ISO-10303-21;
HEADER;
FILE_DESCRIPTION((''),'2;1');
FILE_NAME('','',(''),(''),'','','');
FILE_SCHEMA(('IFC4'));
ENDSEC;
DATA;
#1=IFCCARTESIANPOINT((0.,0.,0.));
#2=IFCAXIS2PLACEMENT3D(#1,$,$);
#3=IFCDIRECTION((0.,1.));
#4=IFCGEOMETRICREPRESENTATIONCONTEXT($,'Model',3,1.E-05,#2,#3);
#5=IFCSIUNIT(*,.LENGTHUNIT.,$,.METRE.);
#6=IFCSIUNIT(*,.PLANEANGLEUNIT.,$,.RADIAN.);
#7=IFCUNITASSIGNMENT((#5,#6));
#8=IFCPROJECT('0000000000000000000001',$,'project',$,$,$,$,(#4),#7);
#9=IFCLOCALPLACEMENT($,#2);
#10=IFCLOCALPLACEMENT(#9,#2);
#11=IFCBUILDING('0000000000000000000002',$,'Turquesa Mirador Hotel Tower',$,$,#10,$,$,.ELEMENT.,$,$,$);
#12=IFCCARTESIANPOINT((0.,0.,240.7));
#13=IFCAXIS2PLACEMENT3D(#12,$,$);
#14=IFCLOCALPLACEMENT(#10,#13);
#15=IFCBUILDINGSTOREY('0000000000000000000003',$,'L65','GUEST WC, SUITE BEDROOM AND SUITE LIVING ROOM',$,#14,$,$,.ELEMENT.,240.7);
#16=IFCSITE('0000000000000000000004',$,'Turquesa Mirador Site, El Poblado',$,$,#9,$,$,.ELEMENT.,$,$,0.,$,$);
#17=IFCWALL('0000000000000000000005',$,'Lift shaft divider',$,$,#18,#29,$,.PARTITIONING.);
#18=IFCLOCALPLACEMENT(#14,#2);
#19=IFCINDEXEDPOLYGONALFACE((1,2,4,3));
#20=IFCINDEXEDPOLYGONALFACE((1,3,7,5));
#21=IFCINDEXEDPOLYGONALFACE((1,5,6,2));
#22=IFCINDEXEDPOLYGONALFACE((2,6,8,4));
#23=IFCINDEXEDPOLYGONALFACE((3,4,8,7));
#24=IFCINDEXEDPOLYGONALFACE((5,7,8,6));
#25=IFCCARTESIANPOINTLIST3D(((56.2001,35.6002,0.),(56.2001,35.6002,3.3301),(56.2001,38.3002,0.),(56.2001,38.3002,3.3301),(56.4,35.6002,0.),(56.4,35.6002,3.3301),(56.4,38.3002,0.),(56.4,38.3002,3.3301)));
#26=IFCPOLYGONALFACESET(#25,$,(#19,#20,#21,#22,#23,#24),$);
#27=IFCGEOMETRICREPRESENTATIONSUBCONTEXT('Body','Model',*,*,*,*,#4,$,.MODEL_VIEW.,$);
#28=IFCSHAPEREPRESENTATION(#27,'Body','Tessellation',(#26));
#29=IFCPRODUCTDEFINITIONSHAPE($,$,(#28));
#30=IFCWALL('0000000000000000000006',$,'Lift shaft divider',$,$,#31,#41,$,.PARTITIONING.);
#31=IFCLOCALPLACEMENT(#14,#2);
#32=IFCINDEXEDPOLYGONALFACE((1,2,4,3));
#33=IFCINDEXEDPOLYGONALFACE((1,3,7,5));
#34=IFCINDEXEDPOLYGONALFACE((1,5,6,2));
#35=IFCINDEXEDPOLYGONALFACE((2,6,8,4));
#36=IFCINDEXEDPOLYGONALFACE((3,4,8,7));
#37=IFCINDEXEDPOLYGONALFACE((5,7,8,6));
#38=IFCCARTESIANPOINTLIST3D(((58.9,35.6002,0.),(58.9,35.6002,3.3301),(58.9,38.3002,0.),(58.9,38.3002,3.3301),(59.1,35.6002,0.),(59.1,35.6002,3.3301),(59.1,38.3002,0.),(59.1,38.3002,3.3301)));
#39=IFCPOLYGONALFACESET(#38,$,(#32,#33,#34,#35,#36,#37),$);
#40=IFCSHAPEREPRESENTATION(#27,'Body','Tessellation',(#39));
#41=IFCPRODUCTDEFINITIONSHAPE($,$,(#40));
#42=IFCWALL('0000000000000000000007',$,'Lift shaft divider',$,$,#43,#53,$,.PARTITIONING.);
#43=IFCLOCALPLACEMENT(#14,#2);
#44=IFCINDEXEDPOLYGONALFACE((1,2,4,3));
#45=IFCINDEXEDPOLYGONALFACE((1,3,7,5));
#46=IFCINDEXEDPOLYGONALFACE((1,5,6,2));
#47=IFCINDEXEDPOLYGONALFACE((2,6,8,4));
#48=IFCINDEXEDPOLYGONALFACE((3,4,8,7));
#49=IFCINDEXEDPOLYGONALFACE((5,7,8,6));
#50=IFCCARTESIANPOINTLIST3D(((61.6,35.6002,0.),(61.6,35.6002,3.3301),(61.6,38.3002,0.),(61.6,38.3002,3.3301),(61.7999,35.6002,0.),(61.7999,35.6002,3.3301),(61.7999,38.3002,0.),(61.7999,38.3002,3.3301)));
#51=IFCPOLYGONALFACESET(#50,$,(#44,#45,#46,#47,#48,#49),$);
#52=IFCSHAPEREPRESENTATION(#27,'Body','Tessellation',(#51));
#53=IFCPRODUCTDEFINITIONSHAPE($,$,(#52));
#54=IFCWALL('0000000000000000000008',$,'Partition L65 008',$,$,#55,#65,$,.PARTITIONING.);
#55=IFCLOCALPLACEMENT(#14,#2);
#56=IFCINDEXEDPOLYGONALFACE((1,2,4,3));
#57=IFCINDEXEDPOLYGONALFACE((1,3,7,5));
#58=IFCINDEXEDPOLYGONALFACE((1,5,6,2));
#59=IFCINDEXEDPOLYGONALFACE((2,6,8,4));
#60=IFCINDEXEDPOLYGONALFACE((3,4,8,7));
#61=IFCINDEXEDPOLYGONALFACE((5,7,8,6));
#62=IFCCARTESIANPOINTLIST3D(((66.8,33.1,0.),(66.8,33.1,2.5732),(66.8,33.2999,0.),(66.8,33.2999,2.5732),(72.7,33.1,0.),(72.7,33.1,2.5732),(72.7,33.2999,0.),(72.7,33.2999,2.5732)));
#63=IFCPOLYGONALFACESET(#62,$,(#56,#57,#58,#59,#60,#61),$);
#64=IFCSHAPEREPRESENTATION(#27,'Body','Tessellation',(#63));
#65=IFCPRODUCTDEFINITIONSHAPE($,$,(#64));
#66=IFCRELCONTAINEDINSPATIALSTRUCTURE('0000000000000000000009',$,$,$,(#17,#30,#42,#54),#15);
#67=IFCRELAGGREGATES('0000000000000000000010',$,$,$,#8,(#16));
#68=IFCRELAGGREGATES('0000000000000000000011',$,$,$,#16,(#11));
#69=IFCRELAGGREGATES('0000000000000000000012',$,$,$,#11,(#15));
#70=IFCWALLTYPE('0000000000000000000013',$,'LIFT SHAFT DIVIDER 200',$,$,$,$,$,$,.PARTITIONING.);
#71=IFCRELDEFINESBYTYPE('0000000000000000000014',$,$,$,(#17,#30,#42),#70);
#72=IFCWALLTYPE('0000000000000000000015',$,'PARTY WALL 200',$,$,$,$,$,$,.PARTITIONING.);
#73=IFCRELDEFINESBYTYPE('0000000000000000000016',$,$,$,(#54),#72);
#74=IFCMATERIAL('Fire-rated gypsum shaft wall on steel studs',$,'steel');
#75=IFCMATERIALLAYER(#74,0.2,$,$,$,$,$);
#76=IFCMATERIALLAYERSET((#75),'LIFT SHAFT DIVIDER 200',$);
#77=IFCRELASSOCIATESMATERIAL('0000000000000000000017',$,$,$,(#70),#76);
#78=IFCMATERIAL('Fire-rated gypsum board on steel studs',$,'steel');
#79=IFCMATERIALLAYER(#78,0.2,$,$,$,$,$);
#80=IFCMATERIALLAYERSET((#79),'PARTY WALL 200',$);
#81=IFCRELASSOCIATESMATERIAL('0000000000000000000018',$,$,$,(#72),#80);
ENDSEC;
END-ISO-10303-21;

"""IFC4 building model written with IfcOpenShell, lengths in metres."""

from ifc_helpers import new_model, si_unit, direction, frame, frame_2d, origin, place, context, subcontext, project, spatial, rectangle, extrude, material, layer, layer_set, type_object, element, save


model = new_model("IFC4")

# Units and contexts
model_context = context("Model", 3, precision=1e-05, world=origin(), true_north=direction((0.0, 1.0)))
body_context = subcontext(model_context, "Body", "Model", "MODEL_VIEW")
ifc_project = project(units=[si_unit("LENGTHUNIT", "METRE"), si_unit("PLANEANGLEUNIT", "RADIAN")], contexts=[model_context])

# Site, building, storey
site_placement = place(None, origin())
site = spatial("IfcSite", under=ifc_project, at=site_placement, Name="Turquesa Mirador Site, El Poblado", CompositionType="ELEMENT", RefElevation=0.0)
building_placement = place(site_placement, origin())
building = spatial("IfcBuilding", under=site, at=building_placement, Name="Turquesa Mirador Hotel Tower", CompositionType="ELEMENT")
storey_placement = place(building_placement, frame((0.0, 0.0, 240.7)))
storey = spatial("IfcBuildingStorey", under=building, at=storey_placement, Name="L65", Description="GUEST WC, SUITE BEDROOM AND SUITE LIVING ROOM", CompositionType="ELEMENT", Elevation=240.7)

# Walls
ifc_material_1 = material(Name="Fire-rated gypsum shaft wall on steel studs", Category="steel")
ifc_layer_1 = layer(ifc_material_1, 0.2)
ifc_layer_set_1 = layer_set([ifc_layer_1], Name="LIFT SHAFT DIVIDER 200")
wall_type_1 = type_object("IfcWallType", Name="LIFT SHAFT DIVIDER 200", PredefinedType="PARTITIONING", material=ifc_layer_set_1)
for number, where, z_axis, x_axis, name in (
    (1, (56.3, 35.6001, 0.0), (0.0, 0.0, 1.0), (0.0, 1.0, 0.0), "Lift shaft divider"),
    (2, (59.0, 35.6001, 0.0), (0.0, 0.0, 1.0), (0.0, 1.0, 0.0), "Lift shaft divider"),
    (3, (61.7, 35.6001, 0.0), (0.0, 0.0, 1.0), (0.0, 1.0, 0.0), "Lift shaft divider"),
):
    element("IfcWall", number, at=place(storey_placement, frame(where, z_axis=z_axis, x_axis=x_axis)), inside=storey, type_object=wall_type_1, Name=name, PredefinedType="PARTITIONING", context=body_context, shape_type="SweptSolid", body=[
        extrude(rectangle(XDim=2.7, YDim=0.2, at=frame_2d((1.3501, 0.0))), origin(), (0.0, 0.0, 1.0), 3.3301),
    ])
ifc_material_2 = material(Name="Fire-rated gypsum board on steel studs", Category="steel")
ifc_layer_2 = layer(ifc_material_2, 0.2)
ifc_layer_set_2 = layer_set([ifc_layer_2], Name="PARTY WALL 200")
wall_type_2 = type_object("IfcWallType", Name="PARTY WALL 200", PredefinedType="PARTITIONING", material=ifc_layer_set_2)
wall_1_placement = place(storey_placement, frame((66.8, 33.2, 0.0), z_axis=(0.0, 0.0, 1.0), x_axis=(1.0, 0.0, 0.0)))
element("IfcWall", 4, at=wall_1_placement, inside=storey, type_object=wall_type_2, Name="Partition L65 008", PredefinedType="PARTITIONING", context=body_context, shape_type="SweptSolid", body=[
    extrude(rectangle(XDim=5.8999, YDim=0.2, at=frame_2d((2.95, 0.0))), origin(), (0.0, 0.0, 1.0), 2.5732),
])

save(model, "model.ifc")
